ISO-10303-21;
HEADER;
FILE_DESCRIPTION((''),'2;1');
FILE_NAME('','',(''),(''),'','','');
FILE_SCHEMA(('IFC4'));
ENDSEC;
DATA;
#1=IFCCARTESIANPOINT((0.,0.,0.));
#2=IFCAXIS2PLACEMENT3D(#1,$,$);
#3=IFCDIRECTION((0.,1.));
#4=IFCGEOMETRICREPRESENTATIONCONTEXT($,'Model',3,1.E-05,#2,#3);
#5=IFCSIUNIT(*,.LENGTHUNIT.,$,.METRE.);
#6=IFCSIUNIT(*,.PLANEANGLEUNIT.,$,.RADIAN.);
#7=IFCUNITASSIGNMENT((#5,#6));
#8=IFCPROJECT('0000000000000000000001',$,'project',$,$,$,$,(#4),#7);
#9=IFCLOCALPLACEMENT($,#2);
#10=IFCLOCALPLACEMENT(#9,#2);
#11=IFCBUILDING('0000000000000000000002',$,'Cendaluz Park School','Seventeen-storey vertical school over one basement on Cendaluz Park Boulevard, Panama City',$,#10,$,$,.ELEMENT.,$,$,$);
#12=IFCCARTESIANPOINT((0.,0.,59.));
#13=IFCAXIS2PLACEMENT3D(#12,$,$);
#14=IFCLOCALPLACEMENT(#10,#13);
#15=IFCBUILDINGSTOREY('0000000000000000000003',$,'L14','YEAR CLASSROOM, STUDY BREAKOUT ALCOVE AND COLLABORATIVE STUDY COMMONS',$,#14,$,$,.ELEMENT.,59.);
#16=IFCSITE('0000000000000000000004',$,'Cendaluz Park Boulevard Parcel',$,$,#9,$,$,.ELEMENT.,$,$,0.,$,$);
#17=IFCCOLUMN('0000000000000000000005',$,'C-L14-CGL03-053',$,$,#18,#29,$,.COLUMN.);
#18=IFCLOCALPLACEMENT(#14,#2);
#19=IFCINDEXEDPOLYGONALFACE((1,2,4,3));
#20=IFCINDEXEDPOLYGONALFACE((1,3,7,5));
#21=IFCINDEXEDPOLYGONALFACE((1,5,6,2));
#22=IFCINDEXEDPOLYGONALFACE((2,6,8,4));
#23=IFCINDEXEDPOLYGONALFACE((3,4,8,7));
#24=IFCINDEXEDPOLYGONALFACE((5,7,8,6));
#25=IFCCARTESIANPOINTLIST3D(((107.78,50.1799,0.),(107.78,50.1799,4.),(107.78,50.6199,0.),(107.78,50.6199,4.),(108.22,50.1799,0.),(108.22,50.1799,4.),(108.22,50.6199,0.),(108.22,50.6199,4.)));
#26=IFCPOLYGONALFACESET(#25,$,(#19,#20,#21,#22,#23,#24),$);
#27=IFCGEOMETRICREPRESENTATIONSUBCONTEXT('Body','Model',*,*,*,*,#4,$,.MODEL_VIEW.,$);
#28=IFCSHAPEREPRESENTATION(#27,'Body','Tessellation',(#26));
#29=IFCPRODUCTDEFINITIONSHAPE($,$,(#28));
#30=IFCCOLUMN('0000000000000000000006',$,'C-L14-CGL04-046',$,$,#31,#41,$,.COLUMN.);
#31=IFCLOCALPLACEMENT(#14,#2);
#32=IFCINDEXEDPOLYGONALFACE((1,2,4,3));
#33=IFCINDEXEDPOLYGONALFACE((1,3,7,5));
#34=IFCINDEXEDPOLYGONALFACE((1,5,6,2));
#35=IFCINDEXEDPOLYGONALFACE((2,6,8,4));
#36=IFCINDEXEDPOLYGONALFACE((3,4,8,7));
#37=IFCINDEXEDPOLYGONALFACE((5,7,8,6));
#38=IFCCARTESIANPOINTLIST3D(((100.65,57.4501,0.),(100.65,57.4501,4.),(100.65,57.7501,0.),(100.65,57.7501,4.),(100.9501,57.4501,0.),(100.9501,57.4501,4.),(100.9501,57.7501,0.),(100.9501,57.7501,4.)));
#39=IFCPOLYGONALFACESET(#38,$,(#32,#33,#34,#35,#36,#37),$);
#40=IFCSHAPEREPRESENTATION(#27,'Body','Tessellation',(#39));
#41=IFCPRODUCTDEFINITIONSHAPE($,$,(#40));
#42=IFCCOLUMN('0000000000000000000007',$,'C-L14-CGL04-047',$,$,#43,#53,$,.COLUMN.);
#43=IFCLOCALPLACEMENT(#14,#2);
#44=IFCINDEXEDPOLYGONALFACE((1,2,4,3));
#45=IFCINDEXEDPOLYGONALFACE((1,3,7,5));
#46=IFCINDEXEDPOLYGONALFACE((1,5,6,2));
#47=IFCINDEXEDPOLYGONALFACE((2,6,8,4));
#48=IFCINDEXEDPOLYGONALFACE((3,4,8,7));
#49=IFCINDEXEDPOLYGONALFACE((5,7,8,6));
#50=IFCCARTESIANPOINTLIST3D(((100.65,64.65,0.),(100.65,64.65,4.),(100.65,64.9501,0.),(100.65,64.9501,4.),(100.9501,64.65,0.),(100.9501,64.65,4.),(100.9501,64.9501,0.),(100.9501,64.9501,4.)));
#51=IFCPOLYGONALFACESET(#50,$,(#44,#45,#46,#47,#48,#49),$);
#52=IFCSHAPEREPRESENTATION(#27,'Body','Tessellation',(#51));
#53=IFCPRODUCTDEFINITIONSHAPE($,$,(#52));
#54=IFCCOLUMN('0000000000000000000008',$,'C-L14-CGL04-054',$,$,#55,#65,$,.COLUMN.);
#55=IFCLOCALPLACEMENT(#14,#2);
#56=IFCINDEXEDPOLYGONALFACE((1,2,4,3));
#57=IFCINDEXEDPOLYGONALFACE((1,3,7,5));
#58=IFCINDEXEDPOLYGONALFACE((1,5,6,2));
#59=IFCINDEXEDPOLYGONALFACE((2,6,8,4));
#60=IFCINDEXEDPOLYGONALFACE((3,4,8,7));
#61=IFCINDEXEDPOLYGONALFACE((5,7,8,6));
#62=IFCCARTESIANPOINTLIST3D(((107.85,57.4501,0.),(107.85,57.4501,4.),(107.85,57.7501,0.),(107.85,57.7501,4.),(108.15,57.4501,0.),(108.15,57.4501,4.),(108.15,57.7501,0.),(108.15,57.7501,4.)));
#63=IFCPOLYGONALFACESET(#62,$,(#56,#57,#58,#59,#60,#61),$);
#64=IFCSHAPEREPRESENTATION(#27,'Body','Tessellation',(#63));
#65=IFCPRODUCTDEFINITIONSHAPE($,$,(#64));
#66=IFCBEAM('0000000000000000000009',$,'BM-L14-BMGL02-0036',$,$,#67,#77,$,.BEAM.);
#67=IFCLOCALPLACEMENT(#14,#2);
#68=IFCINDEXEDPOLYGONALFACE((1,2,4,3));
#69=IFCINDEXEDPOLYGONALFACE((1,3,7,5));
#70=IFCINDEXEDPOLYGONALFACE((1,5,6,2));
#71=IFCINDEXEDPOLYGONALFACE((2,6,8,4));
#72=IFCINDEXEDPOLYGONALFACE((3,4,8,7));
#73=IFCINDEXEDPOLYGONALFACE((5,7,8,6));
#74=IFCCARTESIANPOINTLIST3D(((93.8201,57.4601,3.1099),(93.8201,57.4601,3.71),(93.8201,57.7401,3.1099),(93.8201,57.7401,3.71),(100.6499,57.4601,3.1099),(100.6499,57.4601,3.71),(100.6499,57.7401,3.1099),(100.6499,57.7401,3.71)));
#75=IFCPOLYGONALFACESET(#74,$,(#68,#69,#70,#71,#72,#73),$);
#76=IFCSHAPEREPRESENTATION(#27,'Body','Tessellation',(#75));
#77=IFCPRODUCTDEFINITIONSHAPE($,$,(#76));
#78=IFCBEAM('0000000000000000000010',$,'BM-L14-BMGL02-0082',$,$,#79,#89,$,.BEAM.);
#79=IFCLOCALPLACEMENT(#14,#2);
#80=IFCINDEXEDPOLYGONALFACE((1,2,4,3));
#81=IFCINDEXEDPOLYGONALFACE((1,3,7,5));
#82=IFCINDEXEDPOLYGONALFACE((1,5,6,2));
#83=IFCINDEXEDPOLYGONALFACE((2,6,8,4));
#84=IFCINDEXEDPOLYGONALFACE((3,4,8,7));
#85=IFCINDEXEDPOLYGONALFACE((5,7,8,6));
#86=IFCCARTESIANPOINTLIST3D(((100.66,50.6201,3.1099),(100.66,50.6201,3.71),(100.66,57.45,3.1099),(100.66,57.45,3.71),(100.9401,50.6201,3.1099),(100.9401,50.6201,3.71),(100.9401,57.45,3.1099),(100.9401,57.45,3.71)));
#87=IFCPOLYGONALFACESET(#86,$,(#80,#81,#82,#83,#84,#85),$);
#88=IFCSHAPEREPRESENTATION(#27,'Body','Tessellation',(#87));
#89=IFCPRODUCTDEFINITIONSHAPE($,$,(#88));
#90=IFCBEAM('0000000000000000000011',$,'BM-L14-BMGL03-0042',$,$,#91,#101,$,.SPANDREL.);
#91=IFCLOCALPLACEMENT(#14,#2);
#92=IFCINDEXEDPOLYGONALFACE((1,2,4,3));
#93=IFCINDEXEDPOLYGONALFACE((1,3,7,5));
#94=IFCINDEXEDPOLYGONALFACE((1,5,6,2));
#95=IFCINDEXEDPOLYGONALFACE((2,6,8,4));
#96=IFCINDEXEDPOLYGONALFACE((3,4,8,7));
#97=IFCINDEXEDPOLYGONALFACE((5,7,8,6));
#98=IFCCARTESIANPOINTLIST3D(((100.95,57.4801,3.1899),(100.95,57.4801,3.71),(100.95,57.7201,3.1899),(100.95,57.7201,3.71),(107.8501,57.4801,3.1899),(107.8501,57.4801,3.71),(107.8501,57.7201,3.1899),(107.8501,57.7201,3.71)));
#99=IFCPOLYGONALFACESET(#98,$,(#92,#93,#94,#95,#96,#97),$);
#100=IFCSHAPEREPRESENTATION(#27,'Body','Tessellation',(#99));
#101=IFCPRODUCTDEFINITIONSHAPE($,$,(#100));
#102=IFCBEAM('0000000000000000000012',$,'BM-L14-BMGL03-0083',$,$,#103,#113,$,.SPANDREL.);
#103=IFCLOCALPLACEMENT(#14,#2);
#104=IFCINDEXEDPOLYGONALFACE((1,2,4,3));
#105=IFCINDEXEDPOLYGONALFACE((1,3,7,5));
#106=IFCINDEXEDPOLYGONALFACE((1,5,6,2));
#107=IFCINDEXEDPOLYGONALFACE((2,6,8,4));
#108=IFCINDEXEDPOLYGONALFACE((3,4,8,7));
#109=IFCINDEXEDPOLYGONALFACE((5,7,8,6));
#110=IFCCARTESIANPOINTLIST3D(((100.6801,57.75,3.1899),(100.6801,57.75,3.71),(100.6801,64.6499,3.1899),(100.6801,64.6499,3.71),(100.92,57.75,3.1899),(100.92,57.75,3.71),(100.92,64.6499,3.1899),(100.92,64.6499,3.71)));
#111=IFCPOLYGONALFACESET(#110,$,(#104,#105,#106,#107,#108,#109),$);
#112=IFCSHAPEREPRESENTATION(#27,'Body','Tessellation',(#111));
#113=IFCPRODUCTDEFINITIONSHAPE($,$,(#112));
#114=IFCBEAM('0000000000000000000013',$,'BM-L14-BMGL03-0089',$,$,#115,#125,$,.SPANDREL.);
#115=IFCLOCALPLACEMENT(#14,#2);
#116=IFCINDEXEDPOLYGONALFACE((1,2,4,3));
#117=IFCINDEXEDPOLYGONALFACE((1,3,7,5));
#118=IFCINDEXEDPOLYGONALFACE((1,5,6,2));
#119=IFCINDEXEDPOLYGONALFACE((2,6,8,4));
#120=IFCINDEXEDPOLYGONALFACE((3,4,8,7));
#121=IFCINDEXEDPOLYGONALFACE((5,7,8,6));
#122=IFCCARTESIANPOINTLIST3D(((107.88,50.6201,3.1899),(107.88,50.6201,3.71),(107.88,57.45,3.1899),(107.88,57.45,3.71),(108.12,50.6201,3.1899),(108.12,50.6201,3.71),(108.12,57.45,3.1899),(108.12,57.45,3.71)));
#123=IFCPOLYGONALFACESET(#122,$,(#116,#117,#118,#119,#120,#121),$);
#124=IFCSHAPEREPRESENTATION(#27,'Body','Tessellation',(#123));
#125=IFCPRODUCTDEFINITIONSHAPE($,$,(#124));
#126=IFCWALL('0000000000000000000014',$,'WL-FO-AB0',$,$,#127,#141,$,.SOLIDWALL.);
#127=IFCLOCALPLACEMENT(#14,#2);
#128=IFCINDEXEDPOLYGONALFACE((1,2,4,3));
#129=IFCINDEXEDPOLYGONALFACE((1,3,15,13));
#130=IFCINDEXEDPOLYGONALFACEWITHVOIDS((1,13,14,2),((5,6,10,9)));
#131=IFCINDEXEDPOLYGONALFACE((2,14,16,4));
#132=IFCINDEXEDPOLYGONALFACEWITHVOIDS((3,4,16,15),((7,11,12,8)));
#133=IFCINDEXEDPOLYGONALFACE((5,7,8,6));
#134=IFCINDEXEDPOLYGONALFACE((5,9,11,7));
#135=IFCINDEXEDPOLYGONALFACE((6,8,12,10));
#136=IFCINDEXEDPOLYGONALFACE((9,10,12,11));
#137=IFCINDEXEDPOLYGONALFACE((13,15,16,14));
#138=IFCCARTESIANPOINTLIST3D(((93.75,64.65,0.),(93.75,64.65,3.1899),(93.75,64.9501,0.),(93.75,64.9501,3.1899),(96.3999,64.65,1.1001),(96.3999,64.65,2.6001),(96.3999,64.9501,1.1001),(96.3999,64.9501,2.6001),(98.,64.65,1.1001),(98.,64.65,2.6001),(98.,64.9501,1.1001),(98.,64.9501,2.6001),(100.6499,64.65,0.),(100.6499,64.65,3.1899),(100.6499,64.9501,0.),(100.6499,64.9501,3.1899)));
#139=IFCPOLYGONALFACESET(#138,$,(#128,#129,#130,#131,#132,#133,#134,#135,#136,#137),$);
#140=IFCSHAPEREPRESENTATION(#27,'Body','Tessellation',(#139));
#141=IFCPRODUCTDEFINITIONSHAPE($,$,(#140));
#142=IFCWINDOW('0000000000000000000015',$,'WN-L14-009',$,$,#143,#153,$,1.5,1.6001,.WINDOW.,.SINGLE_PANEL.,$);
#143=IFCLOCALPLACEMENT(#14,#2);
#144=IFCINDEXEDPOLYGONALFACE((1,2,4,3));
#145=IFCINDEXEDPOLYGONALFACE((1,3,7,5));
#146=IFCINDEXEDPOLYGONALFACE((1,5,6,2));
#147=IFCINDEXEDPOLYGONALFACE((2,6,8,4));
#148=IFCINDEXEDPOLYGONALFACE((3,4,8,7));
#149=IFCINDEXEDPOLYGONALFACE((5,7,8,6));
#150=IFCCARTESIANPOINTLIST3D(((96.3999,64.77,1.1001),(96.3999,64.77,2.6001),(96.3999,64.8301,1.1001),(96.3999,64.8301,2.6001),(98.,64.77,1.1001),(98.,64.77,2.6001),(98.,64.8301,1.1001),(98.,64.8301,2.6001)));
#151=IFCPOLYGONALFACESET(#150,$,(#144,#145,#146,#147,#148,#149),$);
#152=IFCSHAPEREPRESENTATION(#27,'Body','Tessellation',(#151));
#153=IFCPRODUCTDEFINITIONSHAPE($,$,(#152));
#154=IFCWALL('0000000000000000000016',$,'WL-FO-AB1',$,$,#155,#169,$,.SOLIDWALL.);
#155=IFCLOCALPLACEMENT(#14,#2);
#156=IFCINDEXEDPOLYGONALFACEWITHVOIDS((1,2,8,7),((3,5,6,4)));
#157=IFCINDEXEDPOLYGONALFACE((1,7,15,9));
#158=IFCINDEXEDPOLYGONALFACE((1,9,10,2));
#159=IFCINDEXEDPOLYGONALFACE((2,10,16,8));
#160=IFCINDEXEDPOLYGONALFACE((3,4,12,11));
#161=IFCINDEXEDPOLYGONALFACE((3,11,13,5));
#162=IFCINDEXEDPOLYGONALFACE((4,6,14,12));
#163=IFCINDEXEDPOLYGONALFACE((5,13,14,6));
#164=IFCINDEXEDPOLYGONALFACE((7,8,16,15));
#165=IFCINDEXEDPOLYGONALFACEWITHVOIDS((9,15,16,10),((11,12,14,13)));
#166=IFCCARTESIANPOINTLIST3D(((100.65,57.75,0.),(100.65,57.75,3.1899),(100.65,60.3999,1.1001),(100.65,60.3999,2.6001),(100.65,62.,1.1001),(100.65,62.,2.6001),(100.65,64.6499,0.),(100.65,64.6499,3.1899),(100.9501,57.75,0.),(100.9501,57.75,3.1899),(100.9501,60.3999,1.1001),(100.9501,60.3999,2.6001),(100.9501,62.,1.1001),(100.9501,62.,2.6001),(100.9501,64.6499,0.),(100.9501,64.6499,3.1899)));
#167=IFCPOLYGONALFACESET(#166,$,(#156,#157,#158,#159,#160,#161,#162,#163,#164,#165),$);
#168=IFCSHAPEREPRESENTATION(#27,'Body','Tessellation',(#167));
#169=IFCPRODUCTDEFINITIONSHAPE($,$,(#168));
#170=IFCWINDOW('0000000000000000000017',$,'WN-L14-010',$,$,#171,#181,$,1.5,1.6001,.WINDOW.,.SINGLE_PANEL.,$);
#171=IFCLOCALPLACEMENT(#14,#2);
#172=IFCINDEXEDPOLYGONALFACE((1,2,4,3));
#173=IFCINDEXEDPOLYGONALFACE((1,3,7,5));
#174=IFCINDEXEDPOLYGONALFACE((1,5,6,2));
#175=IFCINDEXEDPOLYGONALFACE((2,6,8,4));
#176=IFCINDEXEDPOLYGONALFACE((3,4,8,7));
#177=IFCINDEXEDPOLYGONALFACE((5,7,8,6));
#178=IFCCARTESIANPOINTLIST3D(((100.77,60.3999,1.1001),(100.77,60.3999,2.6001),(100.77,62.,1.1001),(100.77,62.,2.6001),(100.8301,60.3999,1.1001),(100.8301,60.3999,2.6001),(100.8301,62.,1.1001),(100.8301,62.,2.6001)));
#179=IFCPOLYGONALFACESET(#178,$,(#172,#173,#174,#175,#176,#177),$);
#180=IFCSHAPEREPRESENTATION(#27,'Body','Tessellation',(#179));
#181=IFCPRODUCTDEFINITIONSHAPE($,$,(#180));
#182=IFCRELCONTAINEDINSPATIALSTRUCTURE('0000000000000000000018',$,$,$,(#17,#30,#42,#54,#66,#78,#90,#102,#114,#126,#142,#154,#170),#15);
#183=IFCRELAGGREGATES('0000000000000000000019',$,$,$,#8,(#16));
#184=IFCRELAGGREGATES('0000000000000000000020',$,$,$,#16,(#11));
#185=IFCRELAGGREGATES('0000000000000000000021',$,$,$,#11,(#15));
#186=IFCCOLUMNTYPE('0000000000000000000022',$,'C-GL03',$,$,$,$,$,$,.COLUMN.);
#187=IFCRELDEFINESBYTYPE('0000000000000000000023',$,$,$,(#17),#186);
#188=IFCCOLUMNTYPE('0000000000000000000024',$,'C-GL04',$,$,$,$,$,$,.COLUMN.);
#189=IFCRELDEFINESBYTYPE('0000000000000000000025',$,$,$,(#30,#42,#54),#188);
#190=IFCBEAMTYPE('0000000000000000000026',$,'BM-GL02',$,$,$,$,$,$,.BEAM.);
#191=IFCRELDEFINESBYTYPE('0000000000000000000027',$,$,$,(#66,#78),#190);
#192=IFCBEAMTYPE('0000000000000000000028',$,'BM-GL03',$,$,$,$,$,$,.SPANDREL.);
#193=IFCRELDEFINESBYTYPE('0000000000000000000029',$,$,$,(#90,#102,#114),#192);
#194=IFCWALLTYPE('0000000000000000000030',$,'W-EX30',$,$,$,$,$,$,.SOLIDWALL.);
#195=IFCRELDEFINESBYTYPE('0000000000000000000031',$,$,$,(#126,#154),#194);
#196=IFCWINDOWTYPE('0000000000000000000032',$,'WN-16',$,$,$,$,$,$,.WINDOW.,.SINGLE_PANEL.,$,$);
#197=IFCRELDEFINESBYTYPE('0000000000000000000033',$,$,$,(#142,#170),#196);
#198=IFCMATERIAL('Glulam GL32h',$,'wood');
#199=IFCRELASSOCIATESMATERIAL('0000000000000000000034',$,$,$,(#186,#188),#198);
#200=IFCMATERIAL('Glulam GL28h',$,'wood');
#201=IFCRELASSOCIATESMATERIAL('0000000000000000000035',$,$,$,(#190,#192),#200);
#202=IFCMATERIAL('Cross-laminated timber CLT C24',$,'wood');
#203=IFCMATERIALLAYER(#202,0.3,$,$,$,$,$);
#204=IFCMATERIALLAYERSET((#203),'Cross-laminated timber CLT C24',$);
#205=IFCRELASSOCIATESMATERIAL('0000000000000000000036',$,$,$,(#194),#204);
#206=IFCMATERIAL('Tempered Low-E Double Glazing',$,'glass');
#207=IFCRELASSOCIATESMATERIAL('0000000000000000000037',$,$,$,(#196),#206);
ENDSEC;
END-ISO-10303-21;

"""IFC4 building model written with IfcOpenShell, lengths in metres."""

from ifc_helpers import new_model, si_unit, direction, frame, frame_2d, origin, origin_2d, place, context, subcontext, project, spatial, rectangle, extrude, material, layer, layer_set, material_profile, profile_set, type_object, element, fill, save


model = new_model("IFC4")

# Units and contexts
model_context = context("Model", 3, precision=1e-05, world=origin(), true_north=direction((0.0, 1.0)))
body_context = subcontext(model_context, "Body", "Model", "MODEL_VIEW")
ifc_project = project(units=[si_unit("LENGTHUNIT", "METRE"), si_unit("PLANEANGLEUNIT", "RADIAN")], contexts=[model_context])

# Site, building, storey
site_placement = place(None, origin())
site = spatial("IfcSite", under=ifc_project, at=site_placement, Name="Cendaluz Park Boulevard Parcel", CompositionType="ELEMENT", RefElevation=0.0)
building_placement = place(site_placement, origin())
building = spatial("IfcBuilding", under=site, at=building_placement, Name="Cendaluz Park School", Description="Seventeen-storey vertical school over one basement on Cendaluz Park Boulevard, Panama City", CompositionType="ELEMENT")
storey_placement = place(building_placement, frame((0.0, 0.0, 59.0)))
storey = spatial("IfcBuildingStorey", under=building, at=storey_placement, Name="L14", Description="YEAR CLASSROOM, STUDY BREAKOUT ALCOVE AND COLLABORATIVE STUDY COMMONS", CompositionType="ELEMENT", Elevation=59.0)

# Columns
ifc_material_1 = material(Name="Glulam GL32h", Category="wood")
ifc_material_profile_1 = material_profile(ifc_material_1, rectangle(XDim=0.4399, YDim=0.4399, at=origin_2d()), Name="GL32h 440x440", Category="wood")
ifc_profile_set_1 = profile_set([ifc_material_profile_1], Name="Glulam GL32h")
column_type_1 = type_object("IfcColumnType", Name="C-GL03", PredefinedType="COLUMN", material=ifc_profile_set_1)
column_placement = place(storey_placement, frame((108.0, 50.3999, 0.0), z_axis=(0.0, 0.0, 1.0), x_axis=(1.0, 0.0, 0.0)))
element("IfcColumn", 1, at=column_placement, inside=storey, type_object=column_type_1, Name="C-L14-CGL03-053", PredefinedType="COLUMN", context=body_context, shape_type="SweptSolid", body=[
    extrude(rectangle(XDim=0.4399, YDim=0.4399, at=origin_2d()), origin(), (0.0, 0.0, 1.0), 4.0),
])
ifc_material_profile_2 = material_profile(ifc_material_1, rectangle(XDim=0.3, YDim=0.3, at=origin_2d()), Name="GL32h 300x300", Category="wood")
ifc_profile_set_2 = profile_set([ifc_material_profile_2], Name="Glulam GL32h")
column_type_2 = type_object("IfcColumnType", Name="C-GL04", PredefinedType="COLUMN", material=ifc_profile_set_2)
for number, where, z_axis, x_axis, name in (
    (2, (100.8, 57.6001, 0.0), (0.0, 0.0, 1.0), (1.0, 0.0, 0.0), "C-L14-CGL04-046"),
    (3, (100.8, 64.8, 0.0), (0.0, 0.0, 1.0), (1.0, 0.0, 0.0), "C-L14-CGL04-047"),
    (4, (108.0, 57.6001, 0.0), (0.0, 0.0, 1.0), (1.0, 0.0, 0.0), "C-L14-CGL04-054"),
):
    element("IfcColumn", number, at=place(storey_placement, frame(where, z_axis=z_axis, x_axis=x_axis)), inside=storey, type_object=column_type_2, Name=name, PredefinedType="COLUMN", context=body_context, shape_type="SweptSolid", body=[
        extrude(rectangle(XDim=0.3, YDim=0.3, at=origin_2d()), origin(), (0.0, 0.0, 1.0), 4.0),
    ])

# Beams
ifc_material_2 = material(Name="Glulam GL28h", Category="wood")
ifc_material_profile_3 = material_profile(ifc_material_2, rectangle(XDim=0.28, YDim=0.6001, at=origin_2d()), Name="GL28h 280x600", Category="wood")
ifc_profile_set_3 = profile_set([ifc_material_profile_3], Name="Glulam GL28h")
beam_type_1 = type_object("IfcBeamType", Name="BM-GL02", PredefinedType="BEAM", material=ifc_profile_set_3)
for number, where, z_axis, x_axis, name in (
    (5, (93.8201, 57.6001, 3.4099), (1.0, 0.0, 0.0), (0.0, 1.0, 0.0), "BM-L14-BMGL02-0036"),
    (6, (100.8, 50.6201, 3.4099), (0.0, 1.0, 0.0), (-1.0, 0.0, 0.0), "BM-L14-BMGL02-0082"),
):
    element("IfcBeam", number, at=place(storey_placement, frame(where, z_axis=z_axis, x_axis=x_axis)), inside=storey, type_object=beam_type_1, Name=name, PredefinedType="BEAM", context=body_context, shape_type="SweptSolid", body=[
        extrude(rectangle(XDim=0.28, YDim=0.6001, at=origin_2d()), origin(), (0.0, 0.0, 1.0), 6.8298),
    ])
ifc_material_profile_4 = material_profile(ifc_material_2, rectangle(XDim=0.24, YDim=0.52, at=origin_2d()), Name="GL28h 240x520", Category="wood")
ifc_profile_set_4 = profile_set([ifc_material_profile_4], Name="Glulam GL28h")
beam_type_2 = type_object("IfcBeamType", Name="BM-GL03", PredefinedType="SPANDREL", material=ifc_profile_set_4)
beam_1_placement = place(storey_placement, frame((100.95, 57.6001, 3.45), z_axis=(1.0, 0.0, 0.0), x_axis=(0.0, 1.0, 0.0)))
element("IfcBeam", 7, at=beam_1_placement, inside=storey, type_object=beam_type_2, Name="BM-L14-BMGL03-0042", PredefinedType="SPANDREL", context=body_context, shape_type="SweptSolid", body=[
    extrude(rectangle(XDim=0.24, YDim=0.52, at=origin_2d()), origin(), (0.0, 0.0, 1.0), 6.9001),
])
beam_2_placement = place(storey_placement, frame((100.8, 57.75, 3.45), z_axis=(0.0, 1.0, 0.0), x_axis=(-1.0, 0.0, 0.0)))
element("IfcBeam", 8, at=beam_2_placement, inside=storey, type_object=beam_type_2, Name="BM-L14-BMGL03-0083", PredefinedType="SPANDREL", context=body_context, shape_type="SweptSolid", body=[
    extrude(rectangle(XDim=0.24, YDim=0.52, at=origin_2d()), origin(), (0.0, 0.0, 1.0), 6.8999),
])
beam_3_placement = place(storey_placement, frame((108.0, 50.6201, 3.45), z_axis=(0.0, 1.0, 0.0), x_axis=(-1.0, 0.0, 0.0)))
element("IfcBeam", 9, at=beam_3_placement, inside=storey, type_object=beam_type_2, Name="BM-L14-BMGL03-0089", PredefinedType="SPANDREL", context=body_context, shape_type="SweptSolid", body=[
    extrude(rectangle(XDim=0.24, YDim=0.52, at=origin_2d()), origin(), (0.0, 0.0, 1.0), 6.8298),
])

# Walls, openings, windows
ifc_material_3 = material(Name="Cross-laminated timber CLT C24", Category="wood")
ifc_layer_1 = layer(ifc_material_3, 0.3)
ifc_layer_set_1 = layer_set([ifc_layer_1], Name="Cross-laminated timber CLT C24")
wall_type_1 = type_object("IfcWallType", Name="W-EX30", PredefinedType="SOLIDWALL", material=ifc_layer_set_1)
wall_1_placement = place(storey_placement, frame((93.75, 64.8, 0.0), z_axis=(0.0, 0.0, 1.0), x_axis=(1.0, 0.0, 0.0)))
wall_1 = element("IfcWall", 10, at=wall_1_placement, inside=storey, type_object=wall_type_1, Name="WL-FO-AB0", PredefinedType="SOLIDWALL", context=body_context, shape_type="SweptSolid", body=[
    extrude(rectangle(XDim=6.8999, YDim=0.3, at=frame_2d((3.45, 0.0))), origin(), (0.0, 0.0, 1.0), 3.1899),
])
opening_1_placement = place(wall_1_placement, frame((2.6499, 0.0, 1.1001)))
opening_1 = element("IfcOpeningElement", 11, at=opening_1_placement, cuts=wall_1, PredefinedType="OPENING", context=body_context, shape_type="SweptSolid", body=[
    extrude(rectangle(XDim=1.6001, YDim=1.5, at=frame_2d((0.8, 0.75))), frame((0.0, 0.1621, 0.0), z_axis=(0.0, -1.0, 0.0), x_axis=(1.0, 0.0, 0.0)), (0.0, 0.0, 1.0), 0.324),
])
ifc_material_4 = material(Name="Tempered Low-E Double Glazing", Category="glass")
window_type = type_object("IfcWindowType", Name="WN-16", PartitioningType="SINGLE_PANEL", PredefinedType="WINDOW", material=ifc_material_4)
window_1_placement = place(opening_1_placement, origin())
window_1 = element("IfcWindow", 12, at=window_1_placement, inside=storey, type_object=window_type, Name="WN-L14-009", OverallHeight=1.5, OverallWidth=1.6001, PartitioningType="SINGLE_PANEL", PredefinedType="WINDOW", context=body_context, shape_type="SweptSolid", body=[
    extrude(rectangle(XDim=1.6001, YDim=1.5, at=frame_2d((0.8, 0.75))), frame((0.0, 0.03, 0.0), z_axis=(0.0, -1.0, 0.0), x_axis=(1.0, 0.0, 0.0)), (0.0, 0.0, 1.0), 0.0601),
])
fill(opening_1, window_1)
wall_2_placement = place(storey_placement, frame((100.8, 57.75, 0.0), z_axis=(0.0, 0.0, 1.0), x_axis=(0.0, 1.0, 0.0)))
wall_2 = element("IfcWall", 13, at=wall_2_placement, inside=storey, type_object=wall_type_1, Name="WL-FO-AB1", PredefinedType="SOLIDWALL", context=body_context, shape_type="SweptSolid", body=[
    extrude(rectangle(XDim=6.8999, YDim=0.3, at=frame_2d((3.45, 0.0))), origin(), (0.0, 0.0, 1.0), 3.1899),
])
opening_2_placement = place(wall_2_placement, frame((2.6499, 0.0, 1.1001)))
opening_2 = element("IfcOpeningElement", 14, at=opening_2_placement, cuts=wall_2, PredefinedType="OPENING", context=body_context, shape_type="SweptSolid", body=[
    extrude(rectangle(XDim=1.6001, YDim=1.5, at=frame_2d((0.8, 0.75))), frame((0.0, 0.1621, 0.0), z_axis=(0.0, -1.0, 0.0), x_axis=(1.0, 0.0, 0.0)), (0.0, 0.0, 1.0), 0.324),
])
window_2_placement = place(opening_2_placement, origin())
window_2 = element("IfcWindow", 15, at=window_2_placement, inside=storey, type_object=window_type, Name="WN-L14-010", OverallHeight=1.5, OverallWidth=1.6001, PartitioningType="SINGLE_PANEL", PredefinedType="WINDOW", context=body_context, shape_type="SweptSolid", body=[
    extrude(rectangle(XDim=1.6001, YDim=1.5, at=frame_2d((0.8, 0.75))), frame((0.0, 0.03, 0.0), z_axis=(0.0, -1.0, 0.0), x_axis=(1.0, 0.0, 0.0)), (0.0, 0.0, 1.0), 0.0601),
])
fill(opening_2, window_2)

save(model, "model.ifc")
